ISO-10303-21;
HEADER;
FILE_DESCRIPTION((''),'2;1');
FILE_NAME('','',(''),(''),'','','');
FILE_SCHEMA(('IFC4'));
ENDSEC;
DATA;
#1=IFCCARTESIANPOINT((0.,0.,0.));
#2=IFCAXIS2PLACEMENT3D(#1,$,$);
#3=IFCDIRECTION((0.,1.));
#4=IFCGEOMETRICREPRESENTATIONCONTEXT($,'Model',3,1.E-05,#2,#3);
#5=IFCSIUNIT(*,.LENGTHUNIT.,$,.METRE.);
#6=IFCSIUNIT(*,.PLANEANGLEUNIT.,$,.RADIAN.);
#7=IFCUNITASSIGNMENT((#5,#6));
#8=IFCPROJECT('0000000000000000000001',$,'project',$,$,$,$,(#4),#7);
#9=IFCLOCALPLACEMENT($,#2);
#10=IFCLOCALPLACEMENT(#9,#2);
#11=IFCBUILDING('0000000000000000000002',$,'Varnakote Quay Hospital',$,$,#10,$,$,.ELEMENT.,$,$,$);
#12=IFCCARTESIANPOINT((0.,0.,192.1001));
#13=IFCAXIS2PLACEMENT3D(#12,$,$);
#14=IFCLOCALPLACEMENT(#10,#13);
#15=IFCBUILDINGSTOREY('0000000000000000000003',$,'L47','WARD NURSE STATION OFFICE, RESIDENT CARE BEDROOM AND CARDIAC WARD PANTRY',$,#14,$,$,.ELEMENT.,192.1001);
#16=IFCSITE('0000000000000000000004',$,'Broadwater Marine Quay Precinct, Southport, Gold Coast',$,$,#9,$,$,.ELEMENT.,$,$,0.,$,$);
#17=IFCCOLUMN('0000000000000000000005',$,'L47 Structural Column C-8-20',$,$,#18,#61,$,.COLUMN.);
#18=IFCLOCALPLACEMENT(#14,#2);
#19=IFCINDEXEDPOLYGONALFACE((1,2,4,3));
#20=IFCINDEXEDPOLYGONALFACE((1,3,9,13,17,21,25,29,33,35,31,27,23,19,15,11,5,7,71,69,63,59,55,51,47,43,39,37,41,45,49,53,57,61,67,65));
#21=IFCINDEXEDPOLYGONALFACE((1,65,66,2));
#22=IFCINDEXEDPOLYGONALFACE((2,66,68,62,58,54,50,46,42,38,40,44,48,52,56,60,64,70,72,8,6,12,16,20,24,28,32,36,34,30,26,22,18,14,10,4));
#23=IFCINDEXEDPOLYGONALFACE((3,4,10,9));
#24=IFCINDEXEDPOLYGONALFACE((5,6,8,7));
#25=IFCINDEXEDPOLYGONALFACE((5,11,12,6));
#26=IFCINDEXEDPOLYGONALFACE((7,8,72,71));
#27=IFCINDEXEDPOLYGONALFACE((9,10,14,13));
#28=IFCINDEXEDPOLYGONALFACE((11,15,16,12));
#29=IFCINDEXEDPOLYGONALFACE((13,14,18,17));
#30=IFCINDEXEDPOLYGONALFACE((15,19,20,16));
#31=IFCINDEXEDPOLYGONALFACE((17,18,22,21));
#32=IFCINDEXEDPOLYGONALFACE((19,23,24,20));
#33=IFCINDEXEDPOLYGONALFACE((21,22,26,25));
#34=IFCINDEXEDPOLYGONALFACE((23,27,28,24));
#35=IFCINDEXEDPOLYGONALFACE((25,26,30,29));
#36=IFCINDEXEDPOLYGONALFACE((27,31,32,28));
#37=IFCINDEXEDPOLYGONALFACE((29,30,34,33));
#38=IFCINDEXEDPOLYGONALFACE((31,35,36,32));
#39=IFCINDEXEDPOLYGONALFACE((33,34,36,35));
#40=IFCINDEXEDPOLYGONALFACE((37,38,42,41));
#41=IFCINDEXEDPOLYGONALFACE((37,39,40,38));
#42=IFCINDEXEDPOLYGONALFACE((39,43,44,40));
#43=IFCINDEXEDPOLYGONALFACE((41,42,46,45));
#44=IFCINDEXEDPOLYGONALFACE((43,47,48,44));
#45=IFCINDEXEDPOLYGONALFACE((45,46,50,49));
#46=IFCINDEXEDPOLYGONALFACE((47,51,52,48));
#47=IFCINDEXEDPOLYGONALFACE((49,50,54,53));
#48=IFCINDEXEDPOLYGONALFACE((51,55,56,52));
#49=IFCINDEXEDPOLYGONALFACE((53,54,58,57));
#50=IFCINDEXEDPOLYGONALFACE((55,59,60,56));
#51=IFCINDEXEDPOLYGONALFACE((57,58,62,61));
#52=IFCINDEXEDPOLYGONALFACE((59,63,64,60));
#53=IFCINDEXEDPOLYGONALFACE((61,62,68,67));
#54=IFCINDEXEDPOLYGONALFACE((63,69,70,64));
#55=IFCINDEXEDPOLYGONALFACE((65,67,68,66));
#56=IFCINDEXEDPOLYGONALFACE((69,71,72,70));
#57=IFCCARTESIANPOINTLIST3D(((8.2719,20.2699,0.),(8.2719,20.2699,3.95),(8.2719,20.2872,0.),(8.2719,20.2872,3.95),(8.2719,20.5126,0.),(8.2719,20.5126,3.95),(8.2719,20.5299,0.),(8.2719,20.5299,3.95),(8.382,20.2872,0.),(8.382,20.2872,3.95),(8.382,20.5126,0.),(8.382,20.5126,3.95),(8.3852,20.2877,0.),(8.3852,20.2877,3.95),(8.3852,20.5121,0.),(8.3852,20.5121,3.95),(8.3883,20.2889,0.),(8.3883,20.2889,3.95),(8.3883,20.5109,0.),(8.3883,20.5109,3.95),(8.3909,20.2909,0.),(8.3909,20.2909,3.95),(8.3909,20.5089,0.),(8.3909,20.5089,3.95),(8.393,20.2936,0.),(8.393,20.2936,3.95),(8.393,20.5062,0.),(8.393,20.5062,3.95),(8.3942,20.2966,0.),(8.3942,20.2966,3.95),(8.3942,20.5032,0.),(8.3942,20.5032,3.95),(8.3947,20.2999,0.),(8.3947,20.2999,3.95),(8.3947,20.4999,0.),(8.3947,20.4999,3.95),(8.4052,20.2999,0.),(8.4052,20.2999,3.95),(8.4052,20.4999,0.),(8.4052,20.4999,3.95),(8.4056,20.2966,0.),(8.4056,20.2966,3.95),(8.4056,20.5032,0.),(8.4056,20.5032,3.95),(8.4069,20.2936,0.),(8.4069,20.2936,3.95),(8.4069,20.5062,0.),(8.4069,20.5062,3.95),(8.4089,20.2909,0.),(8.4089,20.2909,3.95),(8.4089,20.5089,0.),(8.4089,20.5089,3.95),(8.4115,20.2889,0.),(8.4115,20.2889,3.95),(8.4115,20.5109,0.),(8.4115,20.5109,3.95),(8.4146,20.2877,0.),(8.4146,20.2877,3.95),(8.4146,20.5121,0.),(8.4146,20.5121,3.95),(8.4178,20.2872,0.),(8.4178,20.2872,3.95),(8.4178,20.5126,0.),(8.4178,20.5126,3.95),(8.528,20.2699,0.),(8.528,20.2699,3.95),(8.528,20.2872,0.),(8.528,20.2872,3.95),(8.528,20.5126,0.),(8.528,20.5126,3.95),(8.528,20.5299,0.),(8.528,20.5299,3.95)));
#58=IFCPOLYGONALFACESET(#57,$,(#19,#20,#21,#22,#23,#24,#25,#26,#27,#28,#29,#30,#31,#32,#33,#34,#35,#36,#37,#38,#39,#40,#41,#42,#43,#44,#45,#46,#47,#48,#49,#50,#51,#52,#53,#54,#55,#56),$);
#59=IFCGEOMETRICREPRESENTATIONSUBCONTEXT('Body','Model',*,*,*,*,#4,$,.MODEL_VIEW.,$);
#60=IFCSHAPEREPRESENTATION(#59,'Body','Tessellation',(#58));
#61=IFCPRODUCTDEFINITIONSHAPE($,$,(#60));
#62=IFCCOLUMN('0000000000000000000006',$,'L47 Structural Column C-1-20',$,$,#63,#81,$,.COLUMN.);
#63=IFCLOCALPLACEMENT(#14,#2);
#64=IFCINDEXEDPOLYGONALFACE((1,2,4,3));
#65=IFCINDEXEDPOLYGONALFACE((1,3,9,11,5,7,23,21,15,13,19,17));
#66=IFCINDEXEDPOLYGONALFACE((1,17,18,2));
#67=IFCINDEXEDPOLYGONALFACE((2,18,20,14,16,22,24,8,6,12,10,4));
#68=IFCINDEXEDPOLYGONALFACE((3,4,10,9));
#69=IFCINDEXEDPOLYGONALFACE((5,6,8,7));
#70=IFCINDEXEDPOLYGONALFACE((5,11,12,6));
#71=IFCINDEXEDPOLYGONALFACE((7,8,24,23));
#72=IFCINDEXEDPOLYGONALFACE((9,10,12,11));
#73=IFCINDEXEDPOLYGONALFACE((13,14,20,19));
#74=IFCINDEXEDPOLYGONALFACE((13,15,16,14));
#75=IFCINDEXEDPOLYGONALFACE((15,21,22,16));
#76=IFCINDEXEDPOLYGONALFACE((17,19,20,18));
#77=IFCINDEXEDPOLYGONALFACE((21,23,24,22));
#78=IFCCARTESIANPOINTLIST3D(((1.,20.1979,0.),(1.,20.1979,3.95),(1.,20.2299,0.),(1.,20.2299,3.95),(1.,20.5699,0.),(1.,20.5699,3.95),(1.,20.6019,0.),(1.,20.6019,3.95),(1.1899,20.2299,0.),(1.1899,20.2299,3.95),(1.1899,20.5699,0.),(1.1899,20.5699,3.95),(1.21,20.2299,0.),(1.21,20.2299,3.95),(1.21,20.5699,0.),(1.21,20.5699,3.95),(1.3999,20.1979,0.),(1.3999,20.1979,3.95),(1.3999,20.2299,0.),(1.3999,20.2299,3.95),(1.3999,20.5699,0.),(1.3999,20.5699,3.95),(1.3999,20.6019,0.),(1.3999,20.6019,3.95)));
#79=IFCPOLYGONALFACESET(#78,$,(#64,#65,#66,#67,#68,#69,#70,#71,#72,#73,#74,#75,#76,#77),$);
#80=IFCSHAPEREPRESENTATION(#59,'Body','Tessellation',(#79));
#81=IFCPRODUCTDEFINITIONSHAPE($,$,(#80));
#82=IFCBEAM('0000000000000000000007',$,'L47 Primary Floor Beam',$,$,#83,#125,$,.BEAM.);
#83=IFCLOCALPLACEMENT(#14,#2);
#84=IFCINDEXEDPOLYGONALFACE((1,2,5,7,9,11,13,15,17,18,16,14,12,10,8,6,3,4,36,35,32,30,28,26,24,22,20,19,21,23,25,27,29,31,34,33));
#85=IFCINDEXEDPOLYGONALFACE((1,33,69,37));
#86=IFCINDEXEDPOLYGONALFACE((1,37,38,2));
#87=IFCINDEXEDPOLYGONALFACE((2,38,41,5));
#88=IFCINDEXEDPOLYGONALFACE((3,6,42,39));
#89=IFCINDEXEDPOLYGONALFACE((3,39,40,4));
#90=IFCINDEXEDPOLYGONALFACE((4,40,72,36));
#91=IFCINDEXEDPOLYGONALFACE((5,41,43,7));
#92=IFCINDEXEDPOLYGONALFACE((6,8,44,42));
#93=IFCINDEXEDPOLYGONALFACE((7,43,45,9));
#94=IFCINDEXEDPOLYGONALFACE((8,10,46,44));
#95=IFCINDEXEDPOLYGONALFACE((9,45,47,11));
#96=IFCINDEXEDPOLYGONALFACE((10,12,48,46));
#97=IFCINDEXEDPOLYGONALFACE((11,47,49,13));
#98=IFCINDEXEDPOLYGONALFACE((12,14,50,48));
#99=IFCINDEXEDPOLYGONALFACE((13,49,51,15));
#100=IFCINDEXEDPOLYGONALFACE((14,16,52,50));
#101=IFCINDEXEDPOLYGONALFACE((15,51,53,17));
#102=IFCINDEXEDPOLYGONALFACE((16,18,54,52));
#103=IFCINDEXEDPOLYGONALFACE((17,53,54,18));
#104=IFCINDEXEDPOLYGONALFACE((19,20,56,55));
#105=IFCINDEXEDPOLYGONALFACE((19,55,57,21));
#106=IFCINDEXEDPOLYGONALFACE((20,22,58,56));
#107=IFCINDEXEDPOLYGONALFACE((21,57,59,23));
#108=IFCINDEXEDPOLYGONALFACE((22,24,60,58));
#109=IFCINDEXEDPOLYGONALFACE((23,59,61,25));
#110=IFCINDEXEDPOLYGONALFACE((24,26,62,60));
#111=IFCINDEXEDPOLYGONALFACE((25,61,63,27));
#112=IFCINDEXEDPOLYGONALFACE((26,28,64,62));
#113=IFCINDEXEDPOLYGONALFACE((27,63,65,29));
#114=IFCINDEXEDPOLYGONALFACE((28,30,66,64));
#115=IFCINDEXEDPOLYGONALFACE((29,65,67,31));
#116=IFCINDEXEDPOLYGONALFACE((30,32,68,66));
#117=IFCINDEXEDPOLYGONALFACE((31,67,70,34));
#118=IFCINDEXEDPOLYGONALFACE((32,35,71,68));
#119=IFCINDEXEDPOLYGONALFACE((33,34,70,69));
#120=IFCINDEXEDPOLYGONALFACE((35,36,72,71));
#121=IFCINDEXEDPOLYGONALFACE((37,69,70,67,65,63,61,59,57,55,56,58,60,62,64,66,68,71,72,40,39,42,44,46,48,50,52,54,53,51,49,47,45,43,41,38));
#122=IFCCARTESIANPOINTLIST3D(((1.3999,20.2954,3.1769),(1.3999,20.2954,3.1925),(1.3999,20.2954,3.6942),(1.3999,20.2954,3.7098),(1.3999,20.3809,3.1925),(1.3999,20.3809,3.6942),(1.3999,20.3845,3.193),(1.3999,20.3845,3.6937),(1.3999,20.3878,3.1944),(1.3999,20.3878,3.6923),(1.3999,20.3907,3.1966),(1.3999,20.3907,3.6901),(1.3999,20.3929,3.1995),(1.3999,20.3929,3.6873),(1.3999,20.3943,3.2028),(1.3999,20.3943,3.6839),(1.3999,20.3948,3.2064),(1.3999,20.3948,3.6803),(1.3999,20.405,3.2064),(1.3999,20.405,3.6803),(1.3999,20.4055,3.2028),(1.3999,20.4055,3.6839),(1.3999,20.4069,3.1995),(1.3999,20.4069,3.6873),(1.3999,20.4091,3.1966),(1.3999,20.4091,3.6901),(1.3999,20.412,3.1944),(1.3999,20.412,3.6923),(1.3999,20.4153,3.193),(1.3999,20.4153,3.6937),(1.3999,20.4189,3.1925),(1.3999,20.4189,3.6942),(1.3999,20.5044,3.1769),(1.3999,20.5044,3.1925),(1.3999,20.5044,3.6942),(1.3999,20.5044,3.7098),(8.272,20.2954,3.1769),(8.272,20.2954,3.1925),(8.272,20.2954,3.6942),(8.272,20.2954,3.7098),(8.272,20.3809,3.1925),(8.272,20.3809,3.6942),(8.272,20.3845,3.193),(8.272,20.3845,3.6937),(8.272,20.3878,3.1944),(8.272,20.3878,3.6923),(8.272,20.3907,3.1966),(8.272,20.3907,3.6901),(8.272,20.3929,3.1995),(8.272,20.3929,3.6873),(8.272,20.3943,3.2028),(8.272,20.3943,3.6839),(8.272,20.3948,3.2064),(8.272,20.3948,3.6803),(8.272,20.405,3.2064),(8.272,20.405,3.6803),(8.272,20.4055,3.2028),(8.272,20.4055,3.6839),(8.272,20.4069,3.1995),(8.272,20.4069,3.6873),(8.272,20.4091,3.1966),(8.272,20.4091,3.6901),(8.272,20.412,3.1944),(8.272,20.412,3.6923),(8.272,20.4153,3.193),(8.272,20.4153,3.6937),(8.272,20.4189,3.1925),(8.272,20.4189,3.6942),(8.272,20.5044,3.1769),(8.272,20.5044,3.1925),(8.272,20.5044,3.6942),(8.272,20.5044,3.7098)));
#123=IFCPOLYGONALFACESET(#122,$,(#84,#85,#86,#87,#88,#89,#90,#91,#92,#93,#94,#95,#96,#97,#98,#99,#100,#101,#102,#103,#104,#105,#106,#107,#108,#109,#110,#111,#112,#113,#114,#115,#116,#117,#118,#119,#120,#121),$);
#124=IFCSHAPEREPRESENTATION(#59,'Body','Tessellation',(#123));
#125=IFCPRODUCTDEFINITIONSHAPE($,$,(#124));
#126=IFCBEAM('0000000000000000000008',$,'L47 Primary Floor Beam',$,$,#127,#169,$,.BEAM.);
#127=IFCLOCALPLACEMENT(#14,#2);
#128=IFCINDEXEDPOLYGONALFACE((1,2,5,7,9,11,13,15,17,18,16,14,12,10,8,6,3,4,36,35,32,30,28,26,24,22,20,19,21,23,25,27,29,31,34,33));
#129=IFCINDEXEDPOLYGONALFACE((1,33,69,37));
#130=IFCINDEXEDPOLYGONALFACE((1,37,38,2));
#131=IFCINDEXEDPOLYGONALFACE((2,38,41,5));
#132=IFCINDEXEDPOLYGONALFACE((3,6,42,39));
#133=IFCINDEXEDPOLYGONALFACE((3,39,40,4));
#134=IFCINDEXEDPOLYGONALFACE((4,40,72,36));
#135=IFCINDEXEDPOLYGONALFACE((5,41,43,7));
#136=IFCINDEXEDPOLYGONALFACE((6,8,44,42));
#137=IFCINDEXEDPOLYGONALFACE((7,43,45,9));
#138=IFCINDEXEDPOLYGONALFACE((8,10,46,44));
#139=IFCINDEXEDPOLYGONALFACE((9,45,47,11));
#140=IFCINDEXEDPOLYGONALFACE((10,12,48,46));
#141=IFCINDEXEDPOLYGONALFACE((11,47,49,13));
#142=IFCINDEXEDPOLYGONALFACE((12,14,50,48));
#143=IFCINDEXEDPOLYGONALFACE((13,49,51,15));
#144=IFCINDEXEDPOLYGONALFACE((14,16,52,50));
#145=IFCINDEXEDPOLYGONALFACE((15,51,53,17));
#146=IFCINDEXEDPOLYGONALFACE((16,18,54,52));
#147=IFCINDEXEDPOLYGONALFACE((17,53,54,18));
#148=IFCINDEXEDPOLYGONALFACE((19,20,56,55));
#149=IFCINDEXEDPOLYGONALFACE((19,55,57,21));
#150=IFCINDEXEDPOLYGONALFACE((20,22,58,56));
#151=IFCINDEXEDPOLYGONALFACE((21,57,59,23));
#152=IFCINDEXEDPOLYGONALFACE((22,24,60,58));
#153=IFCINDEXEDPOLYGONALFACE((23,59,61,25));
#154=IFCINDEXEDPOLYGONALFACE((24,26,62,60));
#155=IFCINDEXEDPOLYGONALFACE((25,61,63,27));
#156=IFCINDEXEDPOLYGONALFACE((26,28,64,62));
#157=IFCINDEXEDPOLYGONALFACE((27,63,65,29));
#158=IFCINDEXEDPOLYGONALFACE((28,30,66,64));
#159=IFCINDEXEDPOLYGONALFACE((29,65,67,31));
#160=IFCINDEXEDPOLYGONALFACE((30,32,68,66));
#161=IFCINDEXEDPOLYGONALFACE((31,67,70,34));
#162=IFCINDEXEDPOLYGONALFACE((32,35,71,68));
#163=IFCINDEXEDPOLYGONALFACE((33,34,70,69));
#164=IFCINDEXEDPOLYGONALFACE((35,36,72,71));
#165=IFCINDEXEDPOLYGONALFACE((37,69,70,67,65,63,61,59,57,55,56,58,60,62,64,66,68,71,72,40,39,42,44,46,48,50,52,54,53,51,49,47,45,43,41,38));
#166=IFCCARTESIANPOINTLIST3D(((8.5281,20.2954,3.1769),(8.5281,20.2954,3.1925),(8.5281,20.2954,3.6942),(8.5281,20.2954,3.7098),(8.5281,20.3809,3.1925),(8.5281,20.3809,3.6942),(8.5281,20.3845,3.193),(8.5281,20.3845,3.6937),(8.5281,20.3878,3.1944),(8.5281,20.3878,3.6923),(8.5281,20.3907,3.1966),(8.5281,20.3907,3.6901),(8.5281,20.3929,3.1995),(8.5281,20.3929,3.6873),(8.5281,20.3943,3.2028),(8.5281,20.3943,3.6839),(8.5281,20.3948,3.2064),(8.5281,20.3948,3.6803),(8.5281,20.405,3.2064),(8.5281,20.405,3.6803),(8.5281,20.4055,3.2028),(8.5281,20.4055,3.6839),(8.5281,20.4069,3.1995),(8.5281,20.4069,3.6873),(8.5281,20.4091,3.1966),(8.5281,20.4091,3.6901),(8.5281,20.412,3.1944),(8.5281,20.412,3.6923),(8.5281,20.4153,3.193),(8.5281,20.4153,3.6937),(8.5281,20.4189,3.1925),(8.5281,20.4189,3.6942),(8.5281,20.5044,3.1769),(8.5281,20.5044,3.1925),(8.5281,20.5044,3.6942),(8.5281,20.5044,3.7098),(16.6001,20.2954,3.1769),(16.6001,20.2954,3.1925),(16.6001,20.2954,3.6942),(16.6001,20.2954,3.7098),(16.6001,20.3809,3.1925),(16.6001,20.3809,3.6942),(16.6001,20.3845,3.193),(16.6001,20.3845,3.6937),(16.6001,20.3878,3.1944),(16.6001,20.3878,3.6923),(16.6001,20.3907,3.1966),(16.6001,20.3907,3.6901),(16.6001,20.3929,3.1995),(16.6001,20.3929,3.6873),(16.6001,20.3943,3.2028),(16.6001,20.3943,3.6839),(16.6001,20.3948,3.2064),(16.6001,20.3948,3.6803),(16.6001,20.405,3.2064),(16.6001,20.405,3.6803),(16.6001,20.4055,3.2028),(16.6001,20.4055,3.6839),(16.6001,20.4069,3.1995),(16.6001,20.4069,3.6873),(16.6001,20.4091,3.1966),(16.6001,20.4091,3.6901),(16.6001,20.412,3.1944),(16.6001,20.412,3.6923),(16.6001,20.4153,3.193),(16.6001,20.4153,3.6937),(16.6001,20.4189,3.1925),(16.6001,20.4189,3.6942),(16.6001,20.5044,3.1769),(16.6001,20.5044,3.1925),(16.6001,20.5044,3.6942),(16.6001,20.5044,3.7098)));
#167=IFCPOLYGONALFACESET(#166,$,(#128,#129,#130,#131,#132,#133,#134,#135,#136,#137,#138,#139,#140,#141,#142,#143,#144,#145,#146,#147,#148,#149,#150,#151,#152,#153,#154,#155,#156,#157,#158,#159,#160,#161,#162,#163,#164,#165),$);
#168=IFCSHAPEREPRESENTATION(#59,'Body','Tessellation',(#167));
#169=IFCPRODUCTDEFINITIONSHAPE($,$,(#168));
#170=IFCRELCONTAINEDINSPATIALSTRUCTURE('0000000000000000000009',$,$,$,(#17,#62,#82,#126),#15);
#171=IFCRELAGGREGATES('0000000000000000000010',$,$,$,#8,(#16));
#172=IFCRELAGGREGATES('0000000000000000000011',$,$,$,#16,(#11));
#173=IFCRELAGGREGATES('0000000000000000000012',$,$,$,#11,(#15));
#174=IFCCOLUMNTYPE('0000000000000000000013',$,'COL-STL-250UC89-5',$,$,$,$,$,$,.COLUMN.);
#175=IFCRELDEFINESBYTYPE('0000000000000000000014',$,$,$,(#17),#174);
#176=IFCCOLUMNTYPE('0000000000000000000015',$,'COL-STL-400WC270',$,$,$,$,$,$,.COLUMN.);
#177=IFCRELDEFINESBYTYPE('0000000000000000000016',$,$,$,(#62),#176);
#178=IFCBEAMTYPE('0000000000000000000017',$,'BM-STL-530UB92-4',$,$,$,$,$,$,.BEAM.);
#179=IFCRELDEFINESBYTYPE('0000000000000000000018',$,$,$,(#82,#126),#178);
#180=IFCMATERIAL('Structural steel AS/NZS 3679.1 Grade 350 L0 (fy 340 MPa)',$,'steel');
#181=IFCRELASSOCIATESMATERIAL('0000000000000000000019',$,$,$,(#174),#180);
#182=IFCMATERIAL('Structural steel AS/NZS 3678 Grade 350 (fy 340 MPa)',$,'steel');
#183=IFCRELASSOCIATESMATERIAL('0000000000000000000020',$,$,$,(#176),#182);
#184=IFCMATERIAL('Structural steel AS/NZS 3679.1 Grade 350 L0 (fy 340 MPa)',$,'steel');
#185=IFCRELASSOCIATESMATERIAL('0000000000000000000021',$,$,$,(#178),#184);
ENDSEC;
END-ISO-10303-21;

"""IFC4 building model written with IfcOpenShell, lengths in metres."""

from ifc_helpers import new_model, si_unit, direction, frame, origin, origin_2d, place, context, subcontext, project, spatial, i_section, extrude, material, material_profile, profile_set, type_object, element, save


model = new_model("IFC4")

# Units and contexts
model_context = context("Model", 3, precision=1e-05, world=origin(), true_north=direction((0.0, 1.0)))
body_context = subcontext(model_context, "Body", "Model", "MODEL_VIEW")
ifc_project = project(units=[si_unit("LENGTHUNIT", "METRE"), si_unit("PLANEANGLEUNIT", "RADIAN")], contexts=[model_context])

# Site, building, storey
site_placement = place(None, origin())
site = spatial("IfcSite", under=ifc_project, at=site_placement, Name="Broadwater Marine Quay Precinct, Southport, Gold Coast", CompositionType="ELEMENT", RefElevation=0.0)
building_placement = place(site_placement, origin())
building = spatial("IfcBuilding", under=site, at=building_placement, Name="Varnakote Quay Hospital", CompositionType="ELEMENT")
storey_placement = place(building_placement, frame((0.0, 0.0, 192.1001)))
storey = spatial("IfcBuildingStorey", under=building, at=storey_placement, Name="L47", Description="WARD NURSE STATION OFFICE, RESIDENT CARE BEDROOM AND CARDIAC WARD PANTRY", CompositionType="ELEMENT", Elevation=192.1001)

# Columns
ifc_material_1 = material(Name="Structural steel AS/NZS 3679.1 Grade 350 L0 (fy 340 MPa)", Category="steel")
ifc_material_profile_1 = material_profile(ifc_material_1, i_section(OverallWidth=0.2561, OverallDepth=0.26, WebThickness=0.0105, FlangeThickness=0.0173, FilletRadius=0.0127, at=origin_2d()), Name="250UC89.5")
ifc_profile_set_1 = profile_set([ifc_material_profile_1], Name="Structural steel AS/NZS 3679.1 Grade 350 L0 (fy 340 MPa)")
column_type_1 = type_object("IfcColumnType", Name="COL-STL-250UC89-5", PredefinedType="COLUMN", material=ifc_profile_set_1)
column_1_placement = place(storey_placement, frame((8.3999, 20.3999, 0.0), z_axis=(0.0, 0.0, 1.0), x_axis=(1.0, 0.0, 0.0)))
element("IfcColumn", 1, at=column_1_placement, inside=storey, type_object=column_type_1, Name="L47 Structural Column C-8-20", PredefinedType="COLUMN", context=body_context, shape_type="SweptSolid", body=[
    extrude(i_section(OverallWidth=0.2561, OverallDepth=0.26, WebThickness=0.0105, FlangeThickness=0.0173, FilletRadius=0.0127, at=origin_2d()), origin(), (0.0, 0.0, 1.0), 3.95),
])
ifc_material_2 = material(Name="Structural steel AS/NZS 3678 Grade 350 (fy 340 MPa)", Category="steel")
ifc_material_profile_2 = material_profile(ifc_material_2, i_section(OverallWidth=0.3999, OverallDepth=0.4041, WebThickness=0.02, FlangeThickness=0.032, at=origin_2d()), Name="400WC270")
ifc_profile_set_2 = profile_set([ifc_material_profile_2], Name="Structural steel AS/NZS 3678 Grade 350 (fy 340 MPa)")
column_type_2 = type_object("IfcColumnType", Name="COL-STL-400WC270", PredefinedType="COLUMN", material=ifc_profile_set_2)
column_2_placement = place(storey_placement, frame((1.2, 20.3999, 0.0), z_axis=(0.0, 0.0, 1.0), x_axis=(1.0, 0.0, 0.0)))
element("IfcColumn", 2, at=column_2_placement, inside=storey, type_object=column_type_2, Name="L47 Structural Column C-1-20", PredefinedType="COLUMN", context=body_context, shape_type="SweptSolid", body=[
    extrude(i_section(OverallWidth=0.3999, OverallDepth=0.4041, WebThickness=0.02, FlangeThickness=0.032, at=origin_2d()), origin(), (0.0, 0.0, 1.0), 3.95),
])

# Beams
ifc_material_3 = material(Name="Structural steel AS/NZS 3679.1 Grade 350 L0 (fy 340 MPa)", Category="steel")
ifc_material_profile_3 = material_profile(ifc_material_3, i_section(OverallWidth=0.209, OverallDepth=0.533, WebThickness=0.0103, FlangeThickness=0.0156, FilletRadius=0.0139, at=origin_2d()), Name="530UB92.4")
ifc_profile_set_3 = profile_set([ifc_material_profile_3], Name="Structural steel AS/NZS 3679.1 Grade 350 L0 (fy 340 MPa)")
beam_type_1 = type_object("IfcBeamType", Name="BM-STL-530UB92-4", PredefinedType="BEAM", material=ifc_profile_set_3)
beam_1_placement = place(storey_placement, frame((1.3999, 20.3999, 3.4434), z_axis=(1.0, 0.0, 0.0), x_axis=(0.0, 1.0, 0.0)))
element("IfcBeam", 3, at=beam_1_placement, inside=storey, type_object=beam_type_1, Name="L47 Primary Floor Beam", PredefinedType="BEAM", context=body_context, shape_type="SweptSolid", body=[
    extrude(i_section(OverallWidth=0.209, OverallDepth=0.533, WebThickness=0.0103, FlangeThickness=0.0156, FilletRadius=0.0139, at=origin_2d()), origin(), (0.0, 0.0, 1.0), 6.8721),
])
beam_2_placement = place(storey_placement, frame((8.5281, 20.3999, 3.4434), z_axis=(1.0, 0.0, 0.0), x_axis=(0.0, 1.0, 0.0)))
element("IfcBeam", 4, at=beam_2_placement, inside=storey, type_object=beam_type_1, Name="L47 Primary Floor Beam", PredefinedType="BEAM", context=body_context, shape_type="SweptSolid", body=[
    extrude(i_section(OverallWidth=0.209, OverallDepth=0.533, WebThickness=0.0103, FlangeThickness=0.0156, FilletRadius=0.0139, at=origin_2d()), origin(), (0.0, 0.0, 1.0), 8.072),
])

save(model, "model.ifc")
